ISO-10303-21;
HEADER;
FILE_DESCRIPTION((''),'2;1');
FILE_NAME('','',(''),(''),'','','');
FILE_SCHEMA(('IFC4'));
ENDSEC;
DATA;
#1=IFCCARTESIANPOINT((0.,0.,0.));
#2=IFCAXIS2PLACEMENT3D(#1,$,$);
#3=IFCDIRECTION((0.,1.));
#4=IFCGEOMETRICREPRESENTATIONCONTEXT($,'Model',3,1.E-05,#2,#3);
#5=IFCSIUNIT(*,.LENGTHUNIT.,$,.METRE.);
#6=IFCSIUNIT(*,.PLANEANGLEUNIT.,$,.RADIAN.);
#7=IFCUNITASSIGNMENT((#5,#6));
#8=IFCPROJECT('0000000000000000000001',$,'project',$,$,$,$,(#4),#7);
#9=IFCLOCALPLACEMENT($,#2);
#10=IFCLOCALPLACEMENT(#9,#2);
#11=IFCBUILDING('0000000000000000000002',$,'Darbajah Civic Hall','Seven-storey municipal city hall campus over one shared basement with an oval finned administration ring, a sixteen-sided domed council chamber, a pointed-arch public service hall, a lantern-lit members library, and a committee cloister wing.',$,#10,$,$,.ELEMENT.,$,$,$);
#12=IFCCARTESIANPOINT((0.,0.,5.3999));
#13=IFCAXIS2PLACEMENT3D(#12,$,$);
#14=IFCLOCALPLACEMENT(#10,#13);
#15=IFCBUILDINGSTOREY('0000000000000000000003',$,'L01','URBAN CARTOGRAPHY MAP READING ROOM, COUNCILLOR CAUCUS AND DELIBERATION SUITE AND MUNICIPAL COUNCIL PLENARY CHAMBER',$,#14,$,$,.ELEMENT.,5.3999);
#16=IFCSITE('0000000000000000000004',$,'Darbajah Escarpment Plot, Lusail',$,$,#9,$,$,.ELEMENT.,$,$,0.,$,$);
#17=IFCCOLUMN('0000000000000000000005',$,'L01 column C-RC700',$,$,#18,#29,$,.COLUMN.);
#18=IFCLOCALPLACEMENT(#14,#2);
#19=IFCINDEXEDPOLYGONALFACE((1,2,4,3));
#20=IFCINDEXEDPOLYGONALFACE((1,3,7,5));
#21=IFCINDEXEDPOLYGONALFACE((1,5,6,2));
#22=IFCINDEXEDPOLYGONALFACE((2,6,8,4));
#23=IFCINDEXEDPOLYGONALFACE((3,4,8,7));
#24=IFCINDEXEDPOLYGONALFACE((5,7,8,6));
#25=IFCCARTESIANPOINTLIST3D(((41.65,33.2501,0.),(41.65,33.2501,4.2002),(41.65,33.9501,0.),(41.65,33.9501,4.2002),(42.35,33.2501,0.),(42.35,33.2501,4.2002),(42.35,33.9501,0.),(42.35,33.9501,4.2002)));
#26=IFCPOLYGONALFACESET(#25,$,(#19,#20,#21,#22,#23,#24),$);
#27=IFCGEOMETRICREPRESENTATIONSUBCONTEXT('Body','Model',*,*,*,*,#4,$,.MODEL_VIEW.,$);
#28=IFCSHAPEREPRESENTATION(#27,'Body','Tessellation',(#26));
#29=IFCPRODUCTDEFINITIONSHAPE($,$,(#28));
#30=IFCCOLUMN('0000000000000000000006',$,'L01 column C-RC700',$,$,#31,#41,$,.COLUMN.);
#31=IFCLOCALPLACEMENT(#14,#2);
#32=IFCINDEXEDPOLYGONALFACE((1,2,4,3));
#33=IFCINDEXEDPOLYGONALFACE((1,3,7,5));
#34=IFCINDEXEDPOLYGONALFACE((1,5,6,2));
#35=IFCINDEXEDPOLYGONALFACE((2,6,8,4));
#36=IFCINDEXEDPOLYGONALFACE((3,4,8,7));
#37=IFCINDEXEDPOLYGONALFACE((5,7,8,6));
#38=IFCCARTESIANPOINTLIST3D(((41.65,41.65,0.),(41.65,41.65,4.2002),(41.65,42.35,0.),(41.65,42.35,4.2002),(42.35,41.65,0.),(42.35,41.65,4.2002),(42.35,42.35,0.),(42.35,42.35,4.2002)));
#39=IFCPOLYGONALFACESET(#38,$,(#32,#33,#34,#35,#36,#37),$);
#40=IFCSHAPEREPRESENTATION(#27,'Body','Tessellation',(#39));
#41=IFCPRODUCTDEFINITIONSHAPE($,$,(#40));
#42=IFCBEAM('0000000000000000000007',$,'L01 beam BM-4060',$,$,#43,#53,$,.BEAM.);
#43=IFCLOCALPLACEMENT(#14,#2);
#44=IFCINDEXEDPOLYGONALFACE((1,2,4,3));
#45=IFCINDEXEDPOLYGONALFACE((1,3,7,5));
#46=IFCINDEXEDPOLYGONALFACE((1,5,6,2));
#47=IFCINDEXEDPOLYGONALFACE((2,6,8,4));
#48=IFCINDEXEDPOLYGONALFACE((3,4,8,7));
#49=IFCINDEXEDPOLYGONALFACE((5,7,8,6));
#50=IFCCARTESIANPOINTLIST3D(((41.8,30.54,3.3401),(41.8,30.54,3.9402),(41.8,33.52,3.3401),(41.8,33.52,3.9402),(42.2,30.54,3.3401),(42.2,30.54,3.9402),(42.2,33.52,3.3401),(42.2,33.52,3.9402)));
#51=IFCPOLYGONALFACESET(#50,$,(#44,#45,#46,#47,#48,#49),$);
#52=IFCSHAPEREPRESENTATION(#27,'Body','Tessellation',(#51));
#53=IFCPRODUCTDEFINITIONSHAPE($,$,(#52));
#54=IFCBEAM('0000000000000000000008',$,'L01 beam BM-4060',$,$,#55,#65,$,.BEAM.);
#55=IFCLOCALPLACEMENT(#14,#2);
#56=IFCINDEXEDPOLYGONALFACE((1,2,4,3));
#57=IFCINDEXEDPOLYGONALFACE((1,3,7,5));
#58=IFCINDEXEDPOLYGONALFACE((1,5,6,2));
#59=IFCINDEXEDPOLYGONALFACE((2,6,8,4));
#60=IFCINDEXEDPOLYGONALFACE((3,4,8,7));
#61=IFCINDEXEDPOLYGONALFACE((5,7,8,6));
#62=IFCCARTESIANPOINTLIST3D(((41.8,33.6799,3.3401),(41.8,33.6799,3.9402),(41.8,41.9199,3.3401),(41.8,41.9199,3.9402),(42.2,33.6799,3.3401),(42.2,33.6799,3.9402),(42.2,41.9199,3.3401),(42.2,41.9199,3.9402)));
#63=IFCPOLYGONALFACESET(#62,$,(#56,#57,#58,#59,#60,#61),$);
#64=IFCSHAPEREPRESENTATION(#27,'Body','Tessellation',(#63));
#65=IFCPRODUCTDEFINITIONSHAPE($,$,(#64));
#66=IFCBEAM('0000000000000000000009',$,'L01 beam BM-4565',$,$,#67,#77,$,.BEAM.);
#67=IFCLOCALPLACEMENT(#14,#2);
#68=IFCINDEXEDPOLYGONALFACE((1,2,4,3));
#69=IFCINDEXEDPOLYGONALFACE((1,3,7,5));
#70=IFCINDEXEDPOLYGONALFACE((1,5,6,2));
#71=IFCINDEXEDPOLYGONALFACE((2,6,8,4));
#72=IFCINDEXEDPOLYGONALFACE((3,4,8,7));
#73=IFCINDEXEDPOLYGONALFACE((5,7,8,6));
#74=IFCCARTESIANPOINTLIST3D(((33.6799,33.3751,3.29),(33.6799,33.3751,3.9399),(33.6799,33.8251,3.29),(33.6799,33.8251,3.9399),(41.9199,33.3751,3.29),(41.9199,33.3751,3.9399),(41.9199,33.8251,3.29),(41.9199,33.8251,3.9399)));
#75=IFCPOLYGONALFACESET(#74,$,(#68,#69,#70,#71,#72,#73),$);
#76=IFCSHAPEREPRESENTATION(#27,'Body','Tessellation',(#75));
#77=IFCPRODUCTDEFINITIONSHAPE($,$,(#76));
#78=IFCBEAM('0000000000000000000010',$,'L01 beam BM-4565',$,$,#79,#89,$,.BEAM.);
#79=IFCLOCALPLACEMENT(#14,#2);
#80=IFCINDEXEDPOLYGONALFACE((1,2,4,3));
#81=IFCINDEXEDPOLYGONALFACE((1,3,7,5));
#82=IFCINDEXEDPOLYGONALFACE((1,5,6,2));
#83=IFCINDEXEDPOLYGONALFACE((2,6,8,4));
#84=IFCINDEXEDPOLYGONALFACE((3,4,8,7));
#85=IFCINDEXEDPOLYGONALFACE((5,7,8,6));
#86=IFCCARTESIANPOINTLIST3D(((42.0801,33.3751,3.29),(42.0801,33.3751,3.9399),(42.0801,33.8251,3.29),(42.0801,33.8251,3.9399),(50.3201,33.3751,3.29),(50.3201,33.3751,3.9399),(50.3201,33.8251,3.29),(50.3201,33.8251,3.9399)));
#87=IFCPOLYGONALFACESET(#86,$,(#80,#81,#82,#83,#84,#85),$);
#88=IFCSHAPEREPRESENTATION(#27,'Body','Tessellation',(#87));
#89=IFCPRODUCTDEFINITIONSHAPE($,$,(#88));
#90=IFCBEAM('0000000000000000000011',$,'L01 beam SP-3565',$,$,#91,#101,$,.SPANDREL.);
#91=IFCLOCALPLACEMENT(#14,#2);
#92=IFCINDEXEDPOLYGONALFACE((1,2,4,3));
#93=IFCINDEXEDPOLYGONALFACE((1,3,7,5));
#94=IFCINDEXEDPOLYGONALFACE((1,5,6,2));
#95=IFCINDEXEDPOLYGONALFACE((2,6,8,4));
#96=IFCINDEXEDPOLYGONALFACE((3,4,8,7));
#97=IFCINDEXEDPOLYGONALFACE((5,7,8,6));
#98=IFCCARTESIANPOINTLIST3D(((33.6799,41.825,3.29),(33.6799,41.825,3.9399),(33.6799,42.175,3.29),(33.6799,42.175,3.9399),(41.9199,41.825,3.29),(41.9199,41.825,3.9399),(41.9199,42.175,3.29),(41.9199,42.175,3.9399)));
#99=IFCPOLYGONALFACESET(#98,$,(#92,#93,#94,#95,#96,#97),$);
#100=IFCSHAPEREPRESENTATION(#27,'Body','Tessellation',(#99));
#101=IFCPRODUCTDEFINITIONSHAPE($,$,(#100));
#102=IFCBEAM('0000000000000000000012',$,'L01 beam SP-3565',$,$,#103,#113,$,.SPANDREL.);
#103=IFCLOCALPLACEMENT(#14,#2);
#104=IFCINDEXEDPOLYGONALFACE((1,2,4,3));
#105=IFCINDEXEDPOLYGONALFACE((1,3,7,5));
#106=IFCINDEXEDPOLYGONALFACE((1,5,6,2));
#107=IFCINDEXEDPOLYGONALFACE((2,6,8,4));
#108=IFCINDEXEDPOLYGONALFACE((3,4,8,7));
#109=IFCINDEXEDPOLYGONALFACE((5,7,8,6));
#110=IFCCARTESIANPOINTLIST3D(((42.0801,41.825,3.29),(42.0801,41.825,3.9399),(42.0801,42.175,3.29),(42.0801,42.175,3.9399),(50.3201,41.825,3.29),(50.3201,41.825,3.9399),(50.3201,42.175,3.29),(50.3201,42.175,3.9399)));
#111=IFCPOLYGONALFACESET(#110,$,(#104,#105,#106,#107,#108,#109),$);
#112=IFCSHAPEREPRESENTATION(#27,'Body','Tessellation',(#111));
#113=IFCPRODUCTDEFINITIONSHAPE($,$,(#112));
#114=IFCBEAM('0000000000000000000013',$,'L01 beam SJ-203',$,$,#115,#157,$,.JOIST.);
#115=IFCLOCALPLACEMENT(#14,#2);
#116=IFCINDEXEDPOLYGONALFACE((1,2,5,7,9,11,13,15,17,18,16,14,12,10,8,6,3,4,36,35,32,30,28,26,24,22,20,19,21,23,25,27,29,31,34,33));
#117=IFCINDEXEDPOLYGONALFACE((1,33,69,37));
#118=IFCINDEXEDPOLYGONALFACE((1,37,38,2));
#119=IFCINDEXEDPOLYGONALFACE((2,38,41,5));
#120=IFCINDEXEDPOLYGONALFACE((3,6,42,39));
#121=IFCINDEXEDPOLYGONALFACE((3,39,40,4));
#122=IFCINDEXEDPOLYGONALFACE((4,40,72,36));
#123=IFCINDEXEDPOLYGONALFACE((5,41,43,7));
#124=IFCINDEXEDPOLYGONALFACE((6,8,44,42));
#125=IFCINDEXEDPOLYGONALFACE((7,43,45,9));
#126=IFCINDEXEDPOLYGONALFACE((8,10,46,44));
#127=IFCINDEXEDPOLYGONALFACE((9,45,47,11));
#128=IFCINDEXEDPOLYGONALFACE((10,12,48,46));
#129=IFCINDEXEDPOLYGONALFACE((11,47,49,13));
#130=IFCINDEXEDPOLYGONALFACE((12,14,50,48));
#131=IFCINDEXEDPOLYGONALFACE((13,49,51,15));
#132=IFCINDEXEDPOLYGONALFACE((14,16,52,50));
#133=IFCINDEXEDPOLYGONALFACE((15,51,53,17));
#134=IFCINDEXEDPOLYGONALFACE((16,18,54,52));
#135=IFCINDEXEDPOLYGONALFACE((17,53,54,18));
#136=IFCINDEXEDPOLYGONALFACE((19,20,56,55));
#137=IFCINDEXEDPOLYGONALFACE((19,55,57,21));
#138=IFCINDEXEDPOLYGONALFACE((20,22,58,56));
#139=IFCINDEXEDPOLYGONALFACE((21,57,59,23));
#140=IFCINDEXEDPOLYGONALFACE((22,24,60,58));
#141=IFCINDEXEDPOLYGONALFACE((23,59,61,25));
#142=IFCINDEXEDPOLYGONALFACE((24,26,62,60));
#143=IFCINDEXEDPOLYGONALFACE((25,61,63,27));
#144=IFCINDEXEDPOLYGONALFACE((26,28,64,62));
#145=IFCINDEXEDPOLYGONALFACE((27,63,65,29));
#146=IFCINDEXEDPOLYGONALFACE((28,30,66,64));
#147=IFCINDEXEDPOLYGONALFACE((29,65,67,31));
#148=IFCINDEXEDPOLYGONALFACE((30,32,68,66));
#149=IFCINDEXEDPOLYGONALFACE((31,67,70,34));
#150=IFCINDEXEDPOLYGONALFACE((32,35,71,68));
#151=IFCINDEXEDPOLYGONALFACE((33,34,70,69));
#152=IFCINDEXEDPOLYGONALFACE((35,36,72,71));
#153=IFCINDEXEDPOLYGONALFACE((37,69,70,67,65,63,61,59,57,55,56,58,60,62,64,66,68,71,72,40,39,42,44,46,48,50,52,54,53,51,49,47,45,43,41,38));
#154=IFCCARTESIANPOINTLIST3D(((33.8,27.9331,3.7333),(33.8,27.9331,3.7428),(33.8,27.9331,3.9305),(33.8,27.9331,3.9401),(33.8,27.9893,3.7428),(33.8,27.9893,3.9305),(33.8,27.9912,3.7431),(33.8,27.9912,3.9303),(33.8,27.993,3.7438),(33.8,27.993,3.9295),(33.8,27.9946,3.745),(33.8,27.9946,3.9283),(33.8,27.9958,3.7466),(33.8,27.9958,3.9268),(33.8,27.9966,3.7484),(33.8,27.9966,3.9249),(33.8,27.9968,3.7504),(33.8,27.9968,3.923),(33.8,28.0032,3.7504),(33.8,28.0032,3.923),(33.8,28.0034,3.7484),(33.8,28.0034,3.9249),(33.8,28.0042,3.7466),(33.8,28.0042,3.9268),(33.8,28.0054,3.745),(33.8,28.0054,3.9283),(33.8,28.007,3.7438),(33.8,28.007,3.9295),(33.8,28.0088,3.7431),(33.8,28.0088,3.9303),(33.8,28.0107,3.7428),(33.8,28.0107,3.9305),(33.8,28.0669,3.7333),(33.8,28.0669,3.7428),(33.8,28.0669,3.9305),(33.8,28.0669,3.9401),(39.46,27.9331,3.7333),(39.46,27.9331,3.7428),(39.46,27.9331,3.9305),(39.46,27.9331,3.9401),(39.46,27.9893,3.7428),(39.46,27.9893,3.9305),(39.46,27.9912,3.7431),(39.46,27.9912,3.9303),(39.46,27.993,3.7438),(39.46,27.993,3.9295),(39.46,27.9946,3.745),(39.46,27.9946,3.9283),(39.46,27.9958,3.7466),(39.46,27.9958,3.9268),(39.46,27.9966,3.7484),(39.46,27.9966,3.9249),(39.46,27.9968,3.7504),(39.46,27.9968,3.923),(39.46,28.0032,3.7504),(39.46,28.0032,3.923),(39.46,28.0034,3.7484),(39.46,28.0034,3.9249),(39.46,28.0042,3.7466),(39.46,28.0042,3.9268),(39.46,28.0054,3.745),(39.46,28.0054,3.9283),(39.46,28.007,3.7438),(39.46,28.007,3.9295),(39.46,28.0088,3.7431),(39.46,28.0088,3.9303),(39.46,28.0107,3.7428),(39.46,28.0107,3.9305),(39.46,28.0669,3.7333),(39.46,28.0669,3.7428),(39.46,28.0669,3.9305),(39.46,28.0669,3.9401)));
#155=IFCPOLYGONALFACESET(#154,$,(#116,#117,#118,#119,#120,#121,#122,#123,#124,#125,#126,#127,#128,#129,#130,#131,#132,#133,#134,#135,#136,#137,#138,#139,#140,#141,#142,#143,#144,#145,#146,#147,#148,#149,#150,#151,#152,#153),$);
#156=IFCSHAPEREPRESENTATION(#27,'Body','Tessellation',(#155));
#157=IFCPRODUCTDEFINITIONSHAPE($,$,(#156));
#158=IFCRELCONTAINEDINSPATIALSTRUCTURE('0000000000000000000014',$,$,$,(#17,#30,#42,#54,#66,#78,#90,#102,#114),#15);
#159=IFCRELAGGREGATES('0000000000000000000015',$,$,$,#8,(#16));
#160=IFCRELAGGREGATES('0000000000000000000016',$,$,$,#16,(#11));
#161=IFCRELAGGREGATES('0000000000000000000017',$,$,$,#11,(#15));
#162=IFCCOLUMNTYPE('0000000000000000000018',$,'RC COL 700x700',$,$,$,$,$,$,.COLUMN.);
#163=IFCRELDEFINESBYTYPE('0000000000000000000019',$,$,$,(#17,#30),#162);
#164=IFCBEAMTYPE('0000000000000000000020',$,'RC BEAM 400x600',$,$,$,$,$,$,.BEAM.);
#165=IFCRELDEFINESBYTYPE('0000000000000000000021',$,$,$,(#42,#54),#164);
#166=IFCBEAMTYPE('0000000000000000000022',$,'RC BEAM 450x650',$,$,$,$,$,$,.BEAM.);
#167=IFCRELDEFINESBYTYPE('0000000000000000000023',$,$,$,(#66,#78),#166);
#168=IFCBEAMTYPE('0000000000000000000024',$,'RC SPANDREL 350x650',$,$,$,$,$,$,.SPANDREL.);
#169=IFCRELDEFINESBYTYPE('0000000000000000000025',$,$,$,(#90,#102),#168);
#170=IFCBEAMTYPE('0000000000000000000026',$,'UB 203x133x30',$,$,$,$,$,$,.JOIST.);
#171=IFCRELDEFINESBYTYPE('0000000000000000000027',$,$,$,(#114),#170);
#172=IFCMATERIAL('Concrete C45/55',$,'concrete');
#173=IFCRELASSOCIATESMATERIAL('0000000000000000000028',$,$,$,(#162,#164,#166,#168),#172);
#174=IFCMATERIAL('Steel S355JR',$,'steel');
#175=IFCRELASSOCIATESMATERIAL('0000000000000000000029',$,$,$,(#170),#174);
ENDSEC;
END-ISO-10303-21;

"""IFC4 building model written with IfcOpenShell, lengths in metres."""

from ifc_helpers import new_model, si_unit, direction, frame, origin, origin_2d, place, context, subcontext, project, spatial, rectangle, i_section, extrude, material, material_profile, profile_set, type_object, element, save


model = new_model("IFC4")

# Units and contexts
model_context = context("Model", 3, precision=1e-05, world=origin(), true_north=direction((0.0, 1.0)))
body_context = subcontext(model_context, "Body", "Model", "MODEL_VIEW")
ifc_project = project(units=[si_unit("LENGTHUNIT", "METRE"), si_unit("PLANEANGLEUNIT", "RADIAN")], contexts=[model_context])

# Site, building, storey
site_placement = place(None, origin())
site = spatial("IfcSite", under=ifc_project, at=site_placement, Name="Darbajah Escarpment Plot, Lusail", CompositionType="ELEMENT", RefElevation=0.0)
building_placement = place(site_placement, origin())
building = spatial("IfcBuilding", under=site, at=building_placement, Name="Darbajah Civic Hall", Description="Seven-storey municipal city hall campus over one shared basement with an oval finned administration ring, a sixteen-sided domed council chamber, a pointed-arch public service hall, a lantern-lit members library, and a committee cloister wing.", CompositionType="ELEMENT")
storey_placement = place(building_placement, frame((0.0, 0.0, 5.3999)))
storey = spatial("IfcBuildingStorey", under=building, at=storey_placement, Name="L01", Description="URBAN CARTOGRAPHY MAP READING ROOM, COUNCILLOR CAUCUS AND DELIBERATION SUITE AND MUNICIPAL COUNCIL PLENARY CHAMBER", CompositionType="ELEMENT", Elevation=5.3999)

# Columns
ifc_material_1 = material(Name="Concrete C45/55", Category="concrete")
ifc_material_profile_1 = material_profile(ifc_material_1, rectangle(XDim=0.7, YDim=0.7, at=origin_2d()), Name="RC COL 700x700")
ifc_profile_set_1 = profile_set([ifc_material_profile_1], Name="Concrete C45/55")
column_type = type_object("IfcColumnType", Name="RC COL 700x700", PredefinedType="COLUMN", material=ifc_profile_set_1)
for number, where, z_axis, x_axis, name in (
    (1, (42.0, 33.6001, 0.0), (0.0, 0.0, 1.0), (1.0, 0.0, 0.0), "L01 column C-RC700"),
    (2, (42.0, 42.0, 0.0), (0.0, 0.0, 1.0), (1.0, 0.0, 0.0), "L01 column C-RC700"),
):
    element("IfcColumn", number, at=place(storey_placement, frame(where, z_axis=z_axis, x_axis=x_axis)), inside=storey, type_object=column_type, Name=name, PredefinedType="COLUMN", context=body_context, shape_type="SweptSolid", body=[
        extrude(rectangle(XDim=0.7, YDim=0.7, at=origin_2d()), origin(), (0.0, 0.0, 1.0), 4.2002),
    ])

# Beams
ifc_material_profile_2 = material_profile(ifc_material_1, rectangle(XDim=0.3999, YDim=0.6001, at=origin_2d()), Name="RC BEAM 400x600")
ifc_profile_set_2 = profile_set([ifc_material_profile_2], Name="Concrete C45/55")
beam_type_1 = type_object("IfcBeamType", Name="RC BEAM 400x600", PredefinedType="BEAM", material=ifc_profile_set_2)
beam_1_placement = place(storey_placement, frame((42.0, 30.54, 3.6401), z_axis=(0.0, 1.0, 0.0), x_axis=(-1.0, 0.0, 0.0)))
element("IfcBeam", 3, at=beam_1_placement, inside=storey, type_object=beam_type_1, Name="L01 beam BM-4060", PredefinedType="BEAM", context=body_context, shape_type="SweptSolid", body=[
    extrude(rectangle(XDim=0.3999, YDim=0.6001, at=origin_2d()), origin(), (0.0, 0.0, 1.0), 2.98),
])
beam_2_placement = place(storey_placement, frame((42.0, 33.6799, 3.6401), z_axis=(0.0, 1.0, 0.0), x_axis=(-1.0, 0.0, 0.0)))
element("IfcBeam", 4, at=beam_2_placement, inside=storey, type_object=beam_type_1, Name="L01 beam BM-4060", PredefinedType="BEAM", context=body_context, shape_type="SweptSolid", body=[
    extrude(rectangle(XDim=0.3999, YDim=0.6001, at=origin_2d()), origin(), (0.0, 0.0, 1.0), 8.24),
])
ifc_material_profile_3 = material_profile(ifc_material_1, rectangle(XDim=0.45, YDim=0.6499, at=origin_2d()), Name="RC BEAM 450x650")
ifc_profile_set_3 = profile_set([ifc_material_profile_3], Name="Concrete C45/55")
beam_type_2 = type_object("IfcBeamType", Name="RC BEAM 450x650", PredefinedType="BEAM", material=ifc_profile_set_3)
for number, where, z_axis, x_axis, name in (
    (5, (33.6799, 33.6001, 3.615), (1.0, 0.0, 0.0), (0.0, 1.0, 0.0), "L01 beam BM-4565"),
    (6, (42.0801, 33.6001, 3.615), (1.0, 0.0, 0.0), (0.0, 1.0, 0.0), "L01 beam BM-4565"),
):
    element("IfcBeam", number, at=place(storey_placement, frame(where, z_axis=z_axis, x_axis=x_axis)), inside=storey, type_object=beam_type_2, Name=name, PredefinedType="BEAM", context=body_context, shape_type="SweptSolid", body=[
        extrude(rectangle(XDim=0.45, YDim=0.6499, at=origin_2d()), origin(), (0.0, 0.0, 1.0), 8.24),
    ])
ifc_material_profile_4 = material_profile(ifc_material_1, rectangle(XDim=0.3501, YDim=0.6499, at=origin_2d()), Name="RC SPANDREL 350x650")
ifc_profile_set_4 = profile_set([ifc_material_profile_4], Name="Concrete C45/55")
beam_type_3 = type_object("IfcBeamType", Name="RC SPANDREL 350x650", PredefinedType="SPANDREL", material=ifc_profile_set_4)
for number, where, z_axis, x_axis, name in (
    (7, (33.6799, 42.0, 3.615), (1.0, 0.0, 0.0), (0.0, 1.0, 0.0), "L01 beam SP-3565"),
    (8, (42.0801, 42.0, 3.615), (1.0, 0.0, 0.0), (0.0, 1.0, 0.0), "L01 beam SP-3565"),
):
    element("IfcBeam", number, at=place(storey_placement, frame(where, z_axis=z_axis, x_axis=x_axis)), inside=storey, type_object=beam_type_3, Name=name, PredefinedType="SPANDREL", context=body_context, shape_type="SweptSolid", body=[
        extrude(rectangle(XDim=0.3501, YDim=0.6499, at=origin_2d()), origin(), (0.0, 0.0, 1.0), 8.24),
    ])
ifc_material_2 = material(Name="Steel S355JR", Category="steel")
ifc_material_profile_5 = material_profile(ifc_material_2, i_section(OverallWidth=0.1338, OverallDepth=0.2068, WebThickness=0.0063, FlangeThickness=0.0095, FilletRadius=0.0076, at=origin_2d()), Name="UB 203x133x30")
ifc_profile_set_5 = profile_set([ifc_material_profile_5], Name="Steel S355JR")
beam_type_4 = type_object("IfcBeamType", Name="UB 203x133x30", PredefinedType="JOIST", material=ifc_profile_set_5)
beam_3_placement = place(storey_placement, frame((33.8, 28.0, 3.8367), z_axis=(1.0, 0.0, 0.0), x_axis=(0.0, 1.0, 0.0)))
element("IfcBeam", 9, at=beam_3_placement, inside=storey, type_object=beam_type_4, Name="L01 beam SJ-203", PredefinedType="JOIST", context=body_context, shape_type="SweptSolid", body=[
    extrude(i_section(OverallWidth=0.1338, OverallDepth=0.2068, WebThickness=0.0063, FlangeThickness=0.0095, FilletRadius=0.0076, at=origin_2d()), origin(), (0.0, 0.0, 1.0), 5.6599),
])

save(model, "model.ifc")
